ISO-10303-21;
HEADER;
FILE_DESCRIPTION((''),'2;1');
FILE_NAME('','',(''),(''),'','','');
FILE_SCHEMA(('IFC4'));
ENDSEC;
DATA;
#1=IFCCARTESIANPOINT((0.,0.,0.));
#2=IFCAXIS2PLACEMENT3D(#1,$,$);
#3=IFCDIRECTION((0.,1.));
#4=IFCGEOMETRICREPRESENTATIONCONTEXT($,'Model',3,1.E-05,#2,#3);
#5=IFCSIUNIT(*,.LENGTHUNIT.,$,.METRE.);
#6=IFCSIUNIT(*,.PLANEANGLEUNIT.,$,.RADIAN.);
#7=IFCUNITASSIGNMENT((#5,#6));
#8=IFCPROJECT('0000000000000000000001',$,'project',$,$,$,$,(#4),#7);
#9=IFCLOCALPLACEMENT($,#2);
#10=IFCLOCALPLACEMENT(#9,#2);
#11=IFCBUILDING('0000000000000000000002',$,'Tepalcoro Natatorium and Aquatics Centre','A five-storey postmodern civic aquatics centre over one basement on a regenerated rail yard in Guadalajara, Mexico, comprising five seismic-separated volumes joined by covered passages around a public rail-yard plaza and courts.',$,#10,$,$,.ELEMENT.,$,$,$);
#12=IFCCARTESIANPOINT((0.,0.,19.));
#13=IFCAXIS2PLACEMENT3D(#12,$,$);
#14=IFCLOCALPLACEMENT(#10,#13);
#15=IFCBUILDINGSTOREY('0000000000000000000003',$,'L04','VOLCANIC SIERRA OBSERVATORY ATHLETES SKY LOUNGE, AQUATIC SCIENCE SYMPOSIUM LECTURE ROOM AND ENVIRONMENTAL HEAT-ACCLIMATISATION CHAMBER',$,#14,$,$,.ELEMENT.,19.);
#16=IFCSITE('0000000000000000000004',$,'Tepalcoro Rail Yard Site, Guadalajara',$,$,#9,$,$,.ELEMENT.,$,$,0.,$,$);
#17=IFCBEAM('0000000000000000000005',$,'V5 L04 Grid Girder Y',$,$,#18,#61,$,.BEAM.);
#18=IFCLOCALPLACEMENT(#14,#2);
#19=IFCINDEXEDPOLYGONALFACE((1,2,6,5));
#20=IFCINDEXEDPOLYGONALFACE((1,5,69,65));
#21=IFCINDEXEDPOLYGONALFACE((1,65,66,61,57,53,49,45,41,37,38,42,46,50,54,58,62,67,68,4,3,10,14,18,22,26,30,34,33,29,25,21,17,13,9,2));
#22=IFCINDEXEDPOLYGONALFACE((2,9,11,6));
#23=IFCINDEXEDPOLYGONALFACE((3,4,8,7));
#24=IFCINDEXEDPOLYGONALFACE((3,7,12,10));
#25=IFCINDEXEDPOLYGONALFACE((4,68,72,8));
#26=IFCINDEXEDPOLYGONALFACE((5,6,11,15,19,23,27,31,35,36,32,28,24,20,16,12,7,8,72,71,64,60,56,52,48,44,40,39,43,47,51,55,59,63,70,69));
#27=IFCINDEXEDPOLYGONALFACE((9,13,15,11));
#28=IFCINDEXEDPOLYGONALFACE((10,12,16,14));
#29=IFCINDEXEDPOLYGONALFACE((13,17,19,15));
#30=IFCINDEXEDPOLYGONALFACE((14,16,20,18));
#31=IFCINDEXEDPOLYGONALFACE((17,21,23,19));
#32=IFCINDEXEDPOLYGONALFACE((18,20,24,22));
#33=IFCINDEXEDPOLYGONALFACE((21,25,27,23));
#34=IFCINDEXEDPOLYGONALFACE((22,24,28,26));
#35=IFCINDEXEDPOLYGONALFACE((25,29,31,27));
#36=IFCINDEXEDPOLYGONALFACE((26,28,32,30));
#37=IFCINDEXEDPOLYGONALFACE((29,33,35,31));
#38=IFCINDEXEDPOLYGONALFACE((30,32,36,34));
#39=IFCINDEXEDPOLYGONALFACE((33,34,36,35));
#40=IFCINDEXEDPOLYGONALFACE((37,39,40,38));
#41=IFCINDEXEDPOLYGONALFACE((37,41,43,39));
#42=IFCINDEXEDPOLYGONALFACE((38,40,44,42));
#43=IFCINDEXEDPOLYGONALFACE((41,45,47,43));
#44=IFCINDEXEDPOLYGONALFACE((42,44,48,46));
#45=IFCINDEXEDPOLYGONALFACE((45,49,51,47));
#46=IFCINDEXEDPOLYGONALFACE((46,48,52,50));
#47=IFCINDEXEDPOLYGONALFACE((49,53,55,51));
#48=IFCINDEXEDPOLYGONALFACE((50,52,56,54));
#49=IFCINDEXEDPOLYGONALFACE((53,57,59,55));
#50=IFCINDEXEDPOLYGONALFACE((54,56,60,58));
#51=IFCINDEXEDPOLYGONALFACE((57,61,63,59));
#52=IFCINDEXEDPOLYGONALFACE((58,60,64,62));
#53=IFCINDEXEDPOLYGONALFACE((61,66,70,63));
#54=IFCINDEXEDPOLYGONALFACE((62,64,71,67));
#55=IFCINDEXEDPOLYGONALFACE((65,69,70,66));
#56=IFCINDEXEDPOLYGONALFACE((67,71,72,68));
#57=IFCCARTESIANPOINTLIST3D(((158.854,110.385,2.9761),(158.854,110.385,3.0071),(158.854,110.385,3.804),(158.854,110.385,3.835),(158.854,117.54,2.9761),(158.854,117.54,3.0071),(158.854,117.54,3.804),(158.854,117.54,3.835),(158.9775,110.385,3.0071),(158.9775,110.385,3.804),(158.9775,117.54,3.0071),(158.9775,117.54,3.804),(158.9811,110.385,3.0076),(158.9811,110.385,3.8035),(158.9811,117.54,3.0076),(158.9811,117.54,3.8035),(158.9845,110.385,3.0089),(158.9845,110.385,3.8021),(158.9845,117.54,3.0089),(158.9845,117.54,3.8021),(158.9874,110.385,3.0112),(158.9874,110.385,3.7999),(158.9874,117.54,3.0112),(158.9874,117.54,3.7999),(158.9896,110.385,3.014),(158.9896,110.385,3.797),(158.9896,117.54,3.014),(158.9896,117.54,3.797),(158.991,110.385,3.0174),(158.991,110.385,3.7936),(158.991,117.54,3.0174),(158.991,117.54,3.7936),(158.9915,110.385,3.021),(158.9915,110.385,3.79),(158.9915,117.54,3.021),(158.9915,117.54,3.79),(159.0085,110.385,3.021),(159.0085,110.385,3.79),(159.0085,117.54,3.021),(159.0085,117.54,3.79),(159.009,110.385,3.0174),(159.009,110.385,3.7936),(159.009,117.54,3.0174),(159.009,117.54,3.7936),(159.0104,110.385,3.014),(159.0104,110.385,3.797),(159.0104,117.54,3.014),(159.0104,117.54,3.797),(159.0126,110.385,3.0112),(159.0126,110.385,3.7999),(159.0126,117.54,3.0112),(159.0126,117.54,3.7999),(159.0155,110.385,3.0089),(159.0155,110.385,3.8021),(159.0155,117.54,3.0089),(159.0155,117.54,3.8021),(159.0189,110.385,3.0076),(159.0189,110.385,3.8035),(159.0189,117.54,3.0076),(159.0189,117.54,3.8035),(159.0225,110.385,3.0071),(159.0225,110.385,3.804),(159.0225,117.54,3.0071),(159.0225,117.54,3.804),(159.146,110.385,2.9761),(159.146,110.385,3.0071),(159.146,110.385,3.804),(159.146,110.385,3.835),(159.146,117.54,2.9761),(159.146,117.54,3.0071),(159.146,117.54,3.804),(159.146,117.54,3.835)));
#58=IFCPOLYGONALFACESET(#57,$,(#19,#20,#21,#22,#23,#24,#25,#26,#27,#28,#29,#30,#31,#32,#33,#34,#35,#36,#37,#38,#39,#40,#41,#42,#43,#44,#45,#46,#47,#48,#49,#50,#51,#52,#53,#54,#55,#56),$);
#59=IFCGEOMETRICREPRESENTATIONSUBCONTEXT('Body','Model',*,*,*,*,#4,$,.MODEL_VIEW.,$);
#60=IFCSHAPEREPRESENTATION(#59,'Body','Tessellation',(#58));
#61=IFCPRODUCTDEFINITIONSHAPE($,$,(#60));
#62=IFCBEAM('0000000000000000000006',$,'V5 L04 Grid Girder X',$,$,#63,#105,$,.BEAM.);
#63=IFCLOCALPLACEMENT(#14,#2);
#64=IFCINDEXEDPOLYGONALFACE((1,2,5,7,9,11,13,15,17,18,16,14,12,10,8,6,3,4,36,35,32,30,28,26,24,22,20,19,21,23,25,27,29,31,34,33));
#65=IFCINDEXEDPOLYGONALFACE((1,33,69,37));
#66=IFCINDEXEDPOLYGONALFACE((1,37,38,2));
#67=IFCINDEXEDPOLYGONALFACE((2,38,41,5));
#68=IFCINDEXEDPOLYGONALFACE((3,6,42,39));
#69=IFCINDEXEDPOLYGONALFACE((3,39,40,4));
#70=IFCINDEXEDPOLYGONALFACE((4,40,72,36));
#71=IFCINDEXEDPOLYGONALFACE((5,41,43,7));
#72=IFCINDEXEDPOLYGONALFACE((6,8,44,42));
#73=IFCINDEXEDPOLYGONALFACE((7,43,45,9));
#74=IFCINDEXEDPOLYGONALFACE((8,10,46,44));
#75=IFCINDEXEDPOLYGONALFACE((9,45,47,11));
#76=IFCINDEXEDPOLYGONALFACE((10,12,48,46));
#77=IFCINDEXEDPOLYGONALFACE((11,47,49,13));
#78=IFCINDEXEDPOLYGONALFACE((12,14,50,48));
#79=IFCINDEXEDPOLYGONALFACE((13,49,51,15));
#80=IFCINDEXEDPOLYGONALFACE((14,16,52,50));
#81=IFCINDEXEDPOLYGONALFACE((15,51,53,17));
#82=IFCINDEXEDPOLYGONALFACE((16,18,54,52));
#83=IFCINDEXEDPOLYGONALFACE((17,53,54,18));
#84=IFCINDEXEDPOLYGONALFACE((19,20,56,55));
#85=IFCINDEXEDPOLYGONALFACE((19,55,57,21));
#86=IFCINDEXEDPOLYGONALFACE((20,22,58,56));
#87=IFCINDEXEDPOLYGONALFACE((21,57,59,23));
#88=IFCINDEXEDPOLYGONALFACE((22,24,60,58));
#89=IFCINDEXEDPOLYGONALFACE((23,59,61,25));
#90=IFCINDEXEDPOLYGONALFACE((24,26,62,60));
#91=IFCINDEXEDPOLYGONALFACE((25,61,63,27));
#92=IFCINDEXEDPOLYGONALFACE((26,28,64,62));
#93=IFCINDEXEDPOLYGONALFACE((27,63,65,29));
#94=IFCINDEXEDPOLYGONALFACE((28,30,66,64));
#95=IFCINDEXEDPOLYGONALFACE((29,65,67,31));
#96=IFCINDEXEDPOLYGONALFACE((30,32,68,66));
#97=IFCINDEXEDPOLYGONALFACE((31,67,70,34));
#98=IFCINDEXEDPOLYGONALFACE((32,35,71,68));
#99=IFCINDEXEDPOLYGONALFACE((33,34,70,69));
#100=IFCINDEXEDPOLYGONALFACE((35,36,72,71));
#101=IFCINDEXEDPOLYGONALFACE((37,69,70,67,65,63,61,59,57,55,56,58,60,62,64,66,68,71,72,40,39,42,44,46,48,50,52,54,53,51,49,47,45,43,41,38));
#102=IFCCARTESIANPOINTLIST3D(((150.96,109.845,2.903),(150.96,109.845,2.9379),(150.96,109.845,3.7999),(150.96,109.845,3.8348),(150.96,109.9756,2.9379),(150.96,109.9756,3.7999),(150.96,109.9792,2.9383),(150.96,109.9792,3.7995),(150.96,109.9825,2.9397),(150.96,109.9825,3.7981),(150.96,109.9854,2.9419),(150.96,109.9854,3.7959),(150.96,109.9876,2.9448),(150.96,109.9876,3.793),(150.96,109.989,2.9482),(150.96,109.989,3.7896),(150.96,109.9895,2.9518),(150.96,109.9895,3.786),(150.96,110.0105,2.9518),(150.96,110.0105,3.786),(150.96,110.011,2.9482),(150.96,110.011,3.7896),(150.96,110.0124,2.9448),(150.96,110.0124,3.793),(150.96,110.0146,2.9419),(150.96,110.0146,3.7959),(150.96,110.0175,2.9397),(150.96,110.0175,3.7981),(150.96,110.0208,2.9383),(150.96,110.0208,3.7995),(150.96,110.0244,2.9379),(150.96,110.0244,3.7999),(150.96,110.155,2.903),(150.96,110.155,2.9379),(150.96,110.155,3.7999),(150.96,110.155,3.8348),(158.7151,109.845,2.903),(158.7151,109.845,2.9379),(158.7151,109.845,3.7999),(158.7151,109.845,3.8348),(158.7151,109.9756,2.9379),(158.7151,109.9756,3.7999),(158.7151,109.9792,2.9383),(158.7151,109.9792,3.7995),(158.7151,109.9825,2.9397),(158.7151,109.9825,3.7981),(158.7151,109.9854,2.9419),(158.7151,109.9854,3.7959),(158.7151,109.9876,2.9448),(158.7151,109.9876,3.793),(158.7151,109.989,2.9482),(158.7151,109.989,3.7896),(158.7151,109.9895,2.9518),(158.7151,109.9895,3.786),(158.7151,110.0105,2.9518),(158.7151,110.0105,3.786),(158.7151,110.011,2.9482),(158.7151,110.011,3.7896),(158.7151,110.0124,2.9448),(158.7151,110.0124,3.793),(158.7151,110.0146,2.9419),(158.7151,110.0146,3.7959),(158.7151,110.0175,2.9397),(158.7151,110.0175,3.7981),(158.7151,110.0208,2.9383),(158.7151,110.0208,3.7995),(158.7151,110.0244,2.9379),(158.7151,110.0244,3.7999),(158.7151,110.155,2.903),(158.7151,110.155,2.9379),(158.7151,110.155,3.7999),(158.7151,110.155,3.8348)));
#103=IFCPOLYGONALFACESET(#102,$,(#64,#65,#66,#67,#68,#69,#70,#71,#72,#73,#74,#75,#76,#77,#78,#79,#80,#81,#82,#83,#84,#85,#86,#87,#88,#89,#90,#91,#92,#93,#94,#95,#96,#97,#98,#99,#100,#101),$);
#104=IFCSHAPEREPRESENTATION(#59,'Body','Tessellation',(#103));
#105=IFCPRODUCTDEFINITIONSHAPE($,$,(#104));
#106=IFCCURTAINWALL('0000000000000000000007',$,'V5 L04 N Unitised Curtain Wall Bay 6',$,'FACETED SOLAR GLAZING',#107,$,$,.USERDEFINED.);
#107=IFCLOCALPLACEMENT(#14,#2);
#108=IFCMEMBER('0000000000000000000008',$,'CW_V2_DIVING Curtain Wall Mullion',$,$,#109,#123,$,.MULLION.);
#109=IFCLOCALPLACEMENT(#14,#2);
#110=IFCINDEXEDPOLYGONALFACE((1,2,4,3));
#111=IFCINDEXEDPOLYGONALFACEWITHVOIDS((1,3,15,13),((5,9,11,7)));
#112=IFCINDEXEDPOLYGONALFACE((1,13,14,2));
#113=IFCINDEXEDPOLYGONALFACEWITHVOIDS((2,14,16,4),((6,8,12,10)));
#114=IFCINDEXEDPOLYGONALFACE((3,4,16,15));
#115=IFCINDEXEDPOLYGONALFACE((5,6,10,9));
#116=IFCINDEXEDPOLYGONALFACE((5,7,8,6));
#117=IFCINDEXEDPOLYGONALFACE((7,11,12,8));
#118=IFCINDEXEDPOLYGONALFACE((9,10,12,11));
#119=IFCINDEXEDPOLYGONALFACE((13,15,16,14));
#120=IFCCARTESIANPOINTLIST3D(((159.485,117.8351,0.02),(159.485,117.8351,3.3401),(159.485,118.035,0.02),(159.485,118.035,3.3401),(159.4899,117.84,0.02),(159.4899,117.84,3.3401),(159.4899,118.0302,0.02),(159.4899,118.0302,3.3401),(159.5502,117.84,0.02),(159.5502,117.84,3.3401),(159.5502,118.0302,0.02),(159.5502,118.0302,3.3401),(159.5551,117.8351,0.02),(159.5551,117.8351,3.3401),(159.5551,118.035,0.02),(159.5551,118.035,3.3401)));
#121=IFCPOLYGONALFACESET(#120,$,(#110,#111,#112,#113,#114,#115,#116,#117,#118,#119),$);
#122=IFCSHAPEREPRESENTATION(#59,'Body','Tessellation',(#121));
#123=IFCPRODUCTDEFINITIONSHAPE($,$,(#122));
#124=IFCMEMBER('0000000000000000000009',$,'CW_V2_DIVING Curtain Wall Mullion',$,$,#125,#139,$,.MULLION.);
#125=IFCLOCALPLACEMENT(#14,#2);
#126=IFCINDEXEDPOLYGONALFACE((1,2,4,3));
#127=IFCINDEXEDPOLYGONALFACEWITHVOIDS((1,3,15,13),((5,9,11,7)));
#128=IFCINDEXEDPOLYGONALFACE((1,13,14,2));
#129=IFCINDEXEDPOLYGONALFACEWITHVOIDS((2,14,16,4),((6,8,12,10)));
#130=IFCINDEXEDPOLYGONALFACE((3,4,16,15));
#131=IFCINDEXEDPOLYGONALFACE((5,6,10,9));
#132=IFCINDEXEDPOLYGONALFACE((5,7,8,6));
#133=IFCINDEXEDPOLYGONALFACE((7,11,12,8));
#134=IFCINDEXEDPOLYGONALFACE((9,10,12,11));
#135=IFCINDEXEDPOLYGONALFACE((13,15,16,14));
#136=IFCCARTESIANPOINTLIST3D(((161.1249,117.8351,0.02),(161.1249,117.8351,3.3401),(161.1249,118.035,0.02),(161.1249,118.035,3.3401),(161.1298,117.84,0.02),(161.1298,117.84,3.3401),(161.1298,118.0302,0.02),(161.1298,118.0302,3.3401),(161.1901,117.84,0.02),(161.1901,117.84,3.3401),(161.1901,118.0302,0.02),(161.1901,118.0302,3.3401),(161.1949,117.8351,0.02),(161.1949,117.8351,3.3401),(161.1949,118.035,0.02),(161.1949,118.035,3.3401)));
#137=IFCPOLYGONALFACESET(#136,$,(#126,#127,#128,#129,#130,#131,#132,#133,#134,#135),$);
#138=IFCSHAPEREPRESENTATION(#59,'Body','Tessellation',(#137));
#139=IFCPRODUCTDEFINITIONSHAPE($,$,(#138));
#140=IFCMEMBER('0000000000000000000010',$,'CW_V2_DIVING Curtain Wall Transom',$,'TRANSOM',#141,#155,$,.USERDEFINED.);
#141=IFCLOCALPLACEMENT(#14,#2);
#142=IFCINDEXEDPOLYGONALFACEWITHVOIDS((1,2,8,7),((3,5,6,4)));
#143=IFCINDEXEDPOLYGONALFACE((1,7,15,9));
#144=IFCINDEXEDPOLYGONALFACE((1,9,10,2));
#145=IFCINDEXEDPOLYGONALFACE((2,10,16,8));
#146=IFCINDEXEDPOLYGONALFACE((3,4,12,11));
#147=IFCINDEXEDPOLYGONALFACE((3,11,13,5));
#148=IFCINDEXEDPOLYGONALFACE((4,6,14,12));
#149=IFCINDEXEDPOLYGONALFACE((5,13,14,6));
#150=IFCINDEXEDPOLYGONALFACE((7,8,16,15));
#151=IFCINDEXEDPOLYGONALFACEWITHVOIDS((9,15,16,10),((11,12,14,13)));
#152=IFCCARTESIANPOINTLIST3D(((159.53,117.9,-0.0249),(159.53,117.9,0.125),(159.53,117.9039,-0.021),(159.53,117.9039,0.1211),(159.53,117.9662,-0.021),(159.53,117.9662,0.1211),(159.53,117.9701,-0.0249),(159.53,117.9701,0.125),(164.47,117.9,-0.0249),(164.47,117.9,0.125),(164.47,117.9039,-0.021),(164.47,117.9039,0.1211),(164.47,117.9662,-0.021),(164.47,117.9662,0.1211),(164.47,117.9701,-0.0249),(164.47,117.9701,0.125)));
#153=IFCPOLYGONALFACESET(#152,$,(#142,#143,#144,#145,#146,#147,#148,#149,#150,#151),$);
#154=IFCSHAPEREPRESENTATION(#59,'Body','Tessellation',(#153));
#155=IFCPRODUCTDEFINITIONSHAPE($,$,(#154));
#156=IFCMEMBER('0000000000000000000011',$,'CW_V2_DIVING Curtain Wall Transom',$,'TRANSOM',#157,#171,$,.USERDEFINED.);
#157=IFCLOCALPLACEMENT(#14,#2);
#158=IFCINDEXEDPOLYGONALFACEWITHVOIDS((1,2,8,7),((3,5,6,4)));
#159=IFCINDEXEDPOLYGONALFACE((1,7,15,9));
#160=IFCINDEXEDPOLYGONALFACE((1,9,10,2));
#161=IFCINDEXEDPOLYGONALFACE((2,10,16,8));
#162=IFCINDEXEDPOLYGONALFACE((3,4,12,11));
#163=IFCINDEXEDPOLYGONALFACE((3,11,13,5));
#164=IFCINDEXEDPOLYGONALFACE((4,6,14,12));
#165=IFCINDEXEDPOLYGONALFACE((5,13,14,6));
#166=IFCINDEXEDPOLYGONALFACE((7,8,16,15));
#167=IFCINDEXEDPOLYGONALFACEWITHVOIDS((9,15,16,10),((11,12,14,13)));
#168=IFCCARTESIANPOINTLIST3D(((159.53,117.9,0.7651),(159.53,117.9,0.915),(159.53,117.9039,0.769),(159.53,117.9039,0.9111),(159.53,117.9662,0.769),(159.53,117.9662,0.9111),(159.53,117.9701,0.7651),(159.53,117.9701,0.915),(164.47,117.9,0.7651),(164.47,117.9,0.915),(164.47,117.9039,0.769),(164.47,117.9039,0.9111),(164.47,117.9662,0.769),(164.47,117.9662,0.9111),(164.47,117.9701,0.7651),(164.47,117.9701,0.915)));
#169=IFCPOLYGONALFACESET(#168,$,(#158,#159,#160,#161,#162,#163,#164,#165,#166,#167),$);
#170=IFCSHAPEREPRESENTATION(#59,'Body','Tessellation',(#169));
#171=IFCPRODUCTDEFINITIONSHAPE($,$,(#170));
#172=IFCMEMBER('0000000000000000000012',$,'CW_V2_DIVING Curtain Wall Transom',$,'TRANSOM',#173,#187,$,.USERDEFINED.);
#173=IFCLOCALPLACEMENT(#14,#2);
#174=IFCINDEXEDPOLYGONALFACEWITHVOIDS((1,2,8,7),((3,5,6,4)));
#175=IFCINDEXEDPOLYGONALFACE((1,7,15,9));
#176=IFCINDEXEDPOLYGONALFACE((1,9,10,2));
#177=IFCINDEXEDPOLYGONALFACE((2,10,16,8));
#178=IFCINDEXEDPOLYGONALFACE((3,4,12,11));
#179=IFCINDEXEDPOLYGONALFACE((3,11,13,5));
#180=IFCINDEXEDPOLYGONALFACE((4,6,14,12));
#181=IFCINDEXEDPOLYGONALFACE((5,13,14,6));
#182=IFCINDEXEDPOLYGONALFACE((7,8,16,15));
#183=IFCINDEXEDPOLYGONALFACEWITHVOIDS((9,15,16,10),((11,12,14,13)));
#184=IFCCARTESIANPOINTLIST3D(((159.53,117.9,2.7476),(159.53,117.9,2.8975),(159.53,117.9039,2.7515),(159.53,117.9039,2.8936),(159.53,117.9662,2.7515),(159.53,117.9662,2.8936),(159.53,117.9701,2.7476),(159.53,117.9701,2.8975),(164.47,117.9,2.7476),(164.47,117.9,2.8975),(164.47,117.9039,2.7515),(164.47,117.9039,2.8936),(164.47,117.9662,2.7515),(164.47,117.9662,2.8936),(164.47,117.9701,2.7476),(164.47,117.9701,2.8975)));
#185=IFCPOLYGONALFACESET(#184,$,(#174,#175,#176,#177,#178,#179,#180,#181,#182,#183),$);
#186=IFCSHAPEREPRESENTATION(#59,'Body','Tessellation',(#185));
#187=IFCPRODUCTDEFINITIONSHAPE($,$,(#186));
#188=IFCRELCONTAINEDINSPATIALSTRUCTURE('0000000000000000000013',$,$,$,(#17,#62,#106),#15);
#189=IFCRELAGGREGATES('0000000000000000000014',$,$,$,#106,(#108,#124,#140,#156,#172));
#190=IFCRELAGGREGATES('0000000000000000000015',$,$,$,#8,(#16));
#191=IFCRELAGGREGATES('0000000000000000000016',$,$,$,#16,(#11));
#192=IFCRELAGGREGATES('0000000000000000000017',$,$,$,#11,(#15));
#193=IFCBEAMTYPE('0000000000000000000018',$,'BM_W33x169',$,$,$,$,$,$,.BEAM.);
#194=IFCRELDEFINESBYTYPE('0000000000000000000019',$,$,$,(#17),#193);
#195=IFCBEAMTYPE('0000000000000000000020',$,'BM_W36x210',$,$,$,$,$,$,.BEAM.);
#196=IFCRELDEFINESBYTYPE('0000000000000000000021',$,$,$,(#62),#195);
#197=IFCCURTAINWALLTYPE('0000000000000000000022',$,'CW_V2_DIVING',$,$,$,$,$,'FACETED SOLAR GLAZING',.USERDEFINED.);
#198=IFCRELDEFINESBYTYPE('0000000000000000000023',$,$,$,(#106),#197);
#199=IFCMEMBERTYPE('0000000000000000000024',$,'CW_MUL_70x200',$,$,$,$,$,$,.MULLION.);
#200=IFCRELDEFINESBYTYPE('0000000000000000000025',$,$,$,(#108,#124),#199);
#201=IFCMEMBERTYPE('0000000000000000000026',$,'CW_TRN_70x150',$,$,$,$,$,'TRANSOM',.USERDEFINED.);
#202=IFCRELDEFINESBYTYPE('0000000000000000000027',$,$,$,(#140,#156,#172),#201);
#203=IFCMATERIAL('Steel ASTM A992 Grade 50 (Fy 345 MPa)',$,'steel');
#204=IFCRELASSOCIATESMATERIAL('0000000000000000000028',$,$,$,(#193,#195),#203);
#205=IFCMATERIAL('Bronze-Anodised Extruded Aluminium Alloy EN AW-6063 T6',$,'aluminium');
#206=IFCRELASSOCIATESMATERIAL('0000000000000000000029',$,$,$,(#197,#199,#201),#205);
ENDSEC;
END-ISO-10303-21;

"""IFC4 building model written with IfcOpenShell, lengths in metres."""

from ifc_helpers import new_model, si_unit, direction, frame, origin, origin_2d, place, context, subcontext, project, spatial, hollow_rectangle, i_section, extrude, material, material_profile, profile_set, type_object, element, aggregate, save


model = new_model("IFC4")

# Units and contexts
model_context = context("Model", 3, precision=1e-05, world=origin(), true_north=direction((0.0, 1.0)))
body_context = subcontext(model_context, "Body", "Model", "MODEL_VIEW")
ifc_project = project(units=[si_unit("LENGTHUNIT", "METRE"), si_unit("PLANEANGLEUNIT", "RADIAN")], contexts=[model_context])

# Site, building, storey
site_placement = place(None, origin())
site = spatial("IfcSite", under=ifc_project, at=site_placement, Name="Tepalcoro Rail Yard Site, Guadalajara", CompositionType="ELEMENT", RefElevation=0.0)
building_placement = place(site_placement, origin())
building = spatial("IfcBuilding", under=site, at=building_placement, Name="Tepalcoro Natatorium and Aquatics Centre", Description="A five-storey postmodern civic aquatics centre over one basement on a regenerated rail yard in Guadalajara, Mexico, comprising five seismic-separated volumes joined by covered passages around a public rail-yard plaza and courts.", CompositionType="ELEMENT")
storey_placement = place(building_placement, frame((0.0, 0.0, 19.0)))
storey = spatial("IfcBuildingStorey", under=building, at=storey_placement, Name="L04", Description="VOLCANIC SIERRA OBSERVATORY ATHLETES SKY LOUNGE, AQUATIC SCIENCE SYMPOSIUM LECTURE ROOM AND ENVIRONMENTAL HEAT-ACCLIMATISATION CHAMBER", CompositionType="ELEMENT", Elevation=19.0)

# Beams
ifc_material_1 = material(Name="Steel ASTM A992 Grade 50 (Fy 345 MPa)", Category="steel")
ifc_material_profile_1 = material_profile(ifc_material_1, i_section(OverallWidth=0.292, OverallDepth=0.8589, WebThickness=0.0171, FlangeThickness=0.031, FilletRadius=0.0139, at=origin_2d()), Name="W33X169")
ifc_profile_set_1 = profile_set([ifc_material_profile_1], Name="Steel ASTM A992 Grade 50 (Fy 345 MPa)")
beam_type_1 = type_object("IfcBeamType", Name="BM_W33x169", PredefinedType="BEAM", material=ifc_profile_set_1)
beam_1_placement = place(storey_placement, frame((159.0, 110.385, 3.4055), z_axis=(0.0, 1.0, 0.0), x_axis=(-1.0, 0.0, 0.0)))
element("IfcBeam", 1, at=beam_1_placement, inside=storey, type_object=beam_type_1, Name="V5 L04 Grid Girder Y", PredefinedType="BEAM", context=body_context, shape_type="SweptSolid", body=[
    extrude(i_section(OverallWidth=0.292, OverallDepth=0.8589, WebThickness=0.0171, FlangeThickness=0.031, FilletRadius=0.0139, at=origin_2d()), origin(), (0.0, 0.0, 1.0), 7.155),
])
ifc_material_profile_2 = material_profile(ifc_material_1, i_section(OverallWidth=0.3101, OverallDepth=0.9319, WebThickness=0.021, FlangeThickness=0.0349, FilletRadius=0.0139, at=origin_2d()), Name="W36X210")
ifc_profile_set_2 = profile_set([ifc_material_profile_2], Name="Steel ASTM A992 Grade 50 (Fy 345 MPa)")
beam_type_2 = type_object("IfcBeamType", Name="BM_W36x210", PredefinedType="BEAM", material=ifc_profile_set_2)
beam_2_placement = place(storey_placement, frame((150.96, 110.0, 3.3689), z_axis=(1.0, 0.0, 0.0), x_axis=(0.0, 1.0, 0.0)))
element("IfcBeam", 2, at=beam_2_placement, inside=storey, type_object=beam_type_2, Name="V5 L04 Grid Girder X", PredefinedType="BEAM", context=body_context, shape_type="SweptSolid", body=[
    extrude(i_section(OverallWidth=0.3101, OverallDepth=0.9319, WebThickness=0.021, FlangeThickness=0.0349, FilletRadius=0.0139, at=origin_2d()), origin(), (0.0, 0.0, 1.0), 7.7551),
])

# Curtain wall, members
ifc_material_2 = material(Name="Bronze-Anodised Extruded Aluminium Alloy EN AW-6063 T6", Category="aluminium")
curtain_wall_type = type_object("IfcCurtainWallType", Name="CW_V2_DIVING", ElementType="FACETED SOLAR GLAZING", PredefinedType="USERDEFINED", material=ifc_material_2)
curtain_wall_placement = place(storey_placement, origin())
curtain_wall = element("IfcCurtainWall", 3, at=curtain_wall_placement, inside=storey, type_object=curtain_wall_type, Name="V5 L04 N Unitised Curtain Wall Bay 6", ObjectType="FACETED SOLAR GLAZING", PredefinedType="USERDEFINED")
ifc_material_profile_3 = material_profile(ifc_material_2, hollow_rectangle(XDim=0.0701, YDim=0.2, WallThickness=0.0049, at=origin_2d()), Name="AL70X200X5")
ifc_profile_set_3 = profile_set([ifc_material_profile_3], Name="Bronze-Anodised Extruded Aluminium Alloy EN AW-6063 T6")
member_type_1 = type_object("IfcMemberType", Name="CW_MUL_70x200", PredefinedType="MULLION", material=ifc_profile_set_3)
member_1_placement = place(storey_placement, frame((159.52, 117.9351, 0.02), z_axis=(0.0, 0.0, 1.0), x_axis=(1.0, 0.0, 0.0)))
member_1 = element("IfcMember", 4, at=member_1_placement, type_object=member_type_1, Name="CW_V2_DIVING Curtain Wall Mullion", PredefinedType="MULLION", context=body_context, shape_type="SweptSolid", body=[
    extrude(hollow_rectangle(XDim=0.0701, YDim=0.2, WallThickness=0.0049, at=origin_2d()), origin(), (0.0, 0.0, 1.0), 3.3201),
])
member_2_placement = place(storey_placement, frame((161.1599, 117.9351, 0.02), z_axis=(0.0, 0.0, 1.0), x_axis=(1.0, 0.0, 0.0)))
member_2 = element("IfcMember", 5, at=member_2_placement, type_object=member_type_1, Name="CW_V2_DIVING Curtain Wall Mullion", PredefinedType="MULLION", context=body_context, shape_type="SweptSolid", body=[
    extrude(hollow_rectangle(XDim=0.0701, YDim=0.2, WallThickness=0.0049, at=origin_2d()), origin(), (0.0, 0.0, 1.0), 3.3201),
])
ifc_material_profile_4 = material_profile(ifc_material_2, hollow_rectangle(XDim=0.0701, YDim=0.1499, WallThickness=0.0039, at=origin_2d()), Name="AL70X150X4")
ifc_profile_set_4 = profile_set([ifc_material_profile_4], Name="Bronze-Anodised Extruded Aluminium Alloy EN AW-6063 T6")
member_type_2 = type_object("IfcMemberType", Name="CW_TRN_70x150", ElementType="TRANSOM", PredefinedType="USERDEFINED", material=ifc_profile_set_4)
member_3_placement = place(storey_placement, frame((159.53, 117.9351, 0.05), z_axis=(1.0, 0.0, 0.0), x_axis=(0.0, 1.0, 0.0)))
member_3 = element("IfcMember", 6, at=member_3_placement, type_object=member_type_2, Name="CW_V2_DIVING Curtain Wall Transom", ObjectType="TRANSOM", PredefinedType="USERDEFINED", context=body_context, shape_type="SweptSolid", body=[
    extrude(hollow_rectangle(XDim=0.0701, YDim=0.1499, WallThickness=0.0039, at=origin_2d()), origin(), (0.0, 0.0, 1.0), 4.9399),
])
member_4_placement = place(storey_placement, frame((159.53, 117.9351, 0.8401), z_axis=(1.0, 0.0, 0.0), x_axis=(0.0, 1.0, 0.0)))
member_4 = element("IfcMember", 7, at=member_4_placement, type_object=member_type_2, Name="CW_V2_DIVING Curtain Wall Transom", ObjectType="TRANSOM", PredefinedType="USERDEFINED", context=body_context, shape_type="SweptSolid", body=[
    extrude(hollow_rectangle(XDim=0.0701, YDim=0.1499, WallThickness=0.0039, at=origin_2d()), origin(), (0.0, 0.0, 1.0), 4.9399),
])
member_5_placement = place(storey_placement, frame((159.53, 117.9351, 2.8225), z_axis=(1.0, 0.0, 0.0), x_axis=(0.0, 1.0, 0.0)))
member_5 = element("IfcMember", 8, at=member_5_placement, type_object=member_type_2, Name="CW_V2_DIVING Curtain Wall Transom", ObjectType="TRANSOM", PredefinedType="USERDEFINED", context=body_context, shape_type="SweptSolid", body=[
    extrude(hollow_rectangle(XDim=0.0701, YDim=0.1499, WallThickness=0.0039, at=origin_2d()), origin(), (0.0, 0.0, 1.0), 4.9399),
])

aggregate(curtain_wall, [member_1, member_2, member_3, member_4, member_5])

save(model, "model.ifc")
